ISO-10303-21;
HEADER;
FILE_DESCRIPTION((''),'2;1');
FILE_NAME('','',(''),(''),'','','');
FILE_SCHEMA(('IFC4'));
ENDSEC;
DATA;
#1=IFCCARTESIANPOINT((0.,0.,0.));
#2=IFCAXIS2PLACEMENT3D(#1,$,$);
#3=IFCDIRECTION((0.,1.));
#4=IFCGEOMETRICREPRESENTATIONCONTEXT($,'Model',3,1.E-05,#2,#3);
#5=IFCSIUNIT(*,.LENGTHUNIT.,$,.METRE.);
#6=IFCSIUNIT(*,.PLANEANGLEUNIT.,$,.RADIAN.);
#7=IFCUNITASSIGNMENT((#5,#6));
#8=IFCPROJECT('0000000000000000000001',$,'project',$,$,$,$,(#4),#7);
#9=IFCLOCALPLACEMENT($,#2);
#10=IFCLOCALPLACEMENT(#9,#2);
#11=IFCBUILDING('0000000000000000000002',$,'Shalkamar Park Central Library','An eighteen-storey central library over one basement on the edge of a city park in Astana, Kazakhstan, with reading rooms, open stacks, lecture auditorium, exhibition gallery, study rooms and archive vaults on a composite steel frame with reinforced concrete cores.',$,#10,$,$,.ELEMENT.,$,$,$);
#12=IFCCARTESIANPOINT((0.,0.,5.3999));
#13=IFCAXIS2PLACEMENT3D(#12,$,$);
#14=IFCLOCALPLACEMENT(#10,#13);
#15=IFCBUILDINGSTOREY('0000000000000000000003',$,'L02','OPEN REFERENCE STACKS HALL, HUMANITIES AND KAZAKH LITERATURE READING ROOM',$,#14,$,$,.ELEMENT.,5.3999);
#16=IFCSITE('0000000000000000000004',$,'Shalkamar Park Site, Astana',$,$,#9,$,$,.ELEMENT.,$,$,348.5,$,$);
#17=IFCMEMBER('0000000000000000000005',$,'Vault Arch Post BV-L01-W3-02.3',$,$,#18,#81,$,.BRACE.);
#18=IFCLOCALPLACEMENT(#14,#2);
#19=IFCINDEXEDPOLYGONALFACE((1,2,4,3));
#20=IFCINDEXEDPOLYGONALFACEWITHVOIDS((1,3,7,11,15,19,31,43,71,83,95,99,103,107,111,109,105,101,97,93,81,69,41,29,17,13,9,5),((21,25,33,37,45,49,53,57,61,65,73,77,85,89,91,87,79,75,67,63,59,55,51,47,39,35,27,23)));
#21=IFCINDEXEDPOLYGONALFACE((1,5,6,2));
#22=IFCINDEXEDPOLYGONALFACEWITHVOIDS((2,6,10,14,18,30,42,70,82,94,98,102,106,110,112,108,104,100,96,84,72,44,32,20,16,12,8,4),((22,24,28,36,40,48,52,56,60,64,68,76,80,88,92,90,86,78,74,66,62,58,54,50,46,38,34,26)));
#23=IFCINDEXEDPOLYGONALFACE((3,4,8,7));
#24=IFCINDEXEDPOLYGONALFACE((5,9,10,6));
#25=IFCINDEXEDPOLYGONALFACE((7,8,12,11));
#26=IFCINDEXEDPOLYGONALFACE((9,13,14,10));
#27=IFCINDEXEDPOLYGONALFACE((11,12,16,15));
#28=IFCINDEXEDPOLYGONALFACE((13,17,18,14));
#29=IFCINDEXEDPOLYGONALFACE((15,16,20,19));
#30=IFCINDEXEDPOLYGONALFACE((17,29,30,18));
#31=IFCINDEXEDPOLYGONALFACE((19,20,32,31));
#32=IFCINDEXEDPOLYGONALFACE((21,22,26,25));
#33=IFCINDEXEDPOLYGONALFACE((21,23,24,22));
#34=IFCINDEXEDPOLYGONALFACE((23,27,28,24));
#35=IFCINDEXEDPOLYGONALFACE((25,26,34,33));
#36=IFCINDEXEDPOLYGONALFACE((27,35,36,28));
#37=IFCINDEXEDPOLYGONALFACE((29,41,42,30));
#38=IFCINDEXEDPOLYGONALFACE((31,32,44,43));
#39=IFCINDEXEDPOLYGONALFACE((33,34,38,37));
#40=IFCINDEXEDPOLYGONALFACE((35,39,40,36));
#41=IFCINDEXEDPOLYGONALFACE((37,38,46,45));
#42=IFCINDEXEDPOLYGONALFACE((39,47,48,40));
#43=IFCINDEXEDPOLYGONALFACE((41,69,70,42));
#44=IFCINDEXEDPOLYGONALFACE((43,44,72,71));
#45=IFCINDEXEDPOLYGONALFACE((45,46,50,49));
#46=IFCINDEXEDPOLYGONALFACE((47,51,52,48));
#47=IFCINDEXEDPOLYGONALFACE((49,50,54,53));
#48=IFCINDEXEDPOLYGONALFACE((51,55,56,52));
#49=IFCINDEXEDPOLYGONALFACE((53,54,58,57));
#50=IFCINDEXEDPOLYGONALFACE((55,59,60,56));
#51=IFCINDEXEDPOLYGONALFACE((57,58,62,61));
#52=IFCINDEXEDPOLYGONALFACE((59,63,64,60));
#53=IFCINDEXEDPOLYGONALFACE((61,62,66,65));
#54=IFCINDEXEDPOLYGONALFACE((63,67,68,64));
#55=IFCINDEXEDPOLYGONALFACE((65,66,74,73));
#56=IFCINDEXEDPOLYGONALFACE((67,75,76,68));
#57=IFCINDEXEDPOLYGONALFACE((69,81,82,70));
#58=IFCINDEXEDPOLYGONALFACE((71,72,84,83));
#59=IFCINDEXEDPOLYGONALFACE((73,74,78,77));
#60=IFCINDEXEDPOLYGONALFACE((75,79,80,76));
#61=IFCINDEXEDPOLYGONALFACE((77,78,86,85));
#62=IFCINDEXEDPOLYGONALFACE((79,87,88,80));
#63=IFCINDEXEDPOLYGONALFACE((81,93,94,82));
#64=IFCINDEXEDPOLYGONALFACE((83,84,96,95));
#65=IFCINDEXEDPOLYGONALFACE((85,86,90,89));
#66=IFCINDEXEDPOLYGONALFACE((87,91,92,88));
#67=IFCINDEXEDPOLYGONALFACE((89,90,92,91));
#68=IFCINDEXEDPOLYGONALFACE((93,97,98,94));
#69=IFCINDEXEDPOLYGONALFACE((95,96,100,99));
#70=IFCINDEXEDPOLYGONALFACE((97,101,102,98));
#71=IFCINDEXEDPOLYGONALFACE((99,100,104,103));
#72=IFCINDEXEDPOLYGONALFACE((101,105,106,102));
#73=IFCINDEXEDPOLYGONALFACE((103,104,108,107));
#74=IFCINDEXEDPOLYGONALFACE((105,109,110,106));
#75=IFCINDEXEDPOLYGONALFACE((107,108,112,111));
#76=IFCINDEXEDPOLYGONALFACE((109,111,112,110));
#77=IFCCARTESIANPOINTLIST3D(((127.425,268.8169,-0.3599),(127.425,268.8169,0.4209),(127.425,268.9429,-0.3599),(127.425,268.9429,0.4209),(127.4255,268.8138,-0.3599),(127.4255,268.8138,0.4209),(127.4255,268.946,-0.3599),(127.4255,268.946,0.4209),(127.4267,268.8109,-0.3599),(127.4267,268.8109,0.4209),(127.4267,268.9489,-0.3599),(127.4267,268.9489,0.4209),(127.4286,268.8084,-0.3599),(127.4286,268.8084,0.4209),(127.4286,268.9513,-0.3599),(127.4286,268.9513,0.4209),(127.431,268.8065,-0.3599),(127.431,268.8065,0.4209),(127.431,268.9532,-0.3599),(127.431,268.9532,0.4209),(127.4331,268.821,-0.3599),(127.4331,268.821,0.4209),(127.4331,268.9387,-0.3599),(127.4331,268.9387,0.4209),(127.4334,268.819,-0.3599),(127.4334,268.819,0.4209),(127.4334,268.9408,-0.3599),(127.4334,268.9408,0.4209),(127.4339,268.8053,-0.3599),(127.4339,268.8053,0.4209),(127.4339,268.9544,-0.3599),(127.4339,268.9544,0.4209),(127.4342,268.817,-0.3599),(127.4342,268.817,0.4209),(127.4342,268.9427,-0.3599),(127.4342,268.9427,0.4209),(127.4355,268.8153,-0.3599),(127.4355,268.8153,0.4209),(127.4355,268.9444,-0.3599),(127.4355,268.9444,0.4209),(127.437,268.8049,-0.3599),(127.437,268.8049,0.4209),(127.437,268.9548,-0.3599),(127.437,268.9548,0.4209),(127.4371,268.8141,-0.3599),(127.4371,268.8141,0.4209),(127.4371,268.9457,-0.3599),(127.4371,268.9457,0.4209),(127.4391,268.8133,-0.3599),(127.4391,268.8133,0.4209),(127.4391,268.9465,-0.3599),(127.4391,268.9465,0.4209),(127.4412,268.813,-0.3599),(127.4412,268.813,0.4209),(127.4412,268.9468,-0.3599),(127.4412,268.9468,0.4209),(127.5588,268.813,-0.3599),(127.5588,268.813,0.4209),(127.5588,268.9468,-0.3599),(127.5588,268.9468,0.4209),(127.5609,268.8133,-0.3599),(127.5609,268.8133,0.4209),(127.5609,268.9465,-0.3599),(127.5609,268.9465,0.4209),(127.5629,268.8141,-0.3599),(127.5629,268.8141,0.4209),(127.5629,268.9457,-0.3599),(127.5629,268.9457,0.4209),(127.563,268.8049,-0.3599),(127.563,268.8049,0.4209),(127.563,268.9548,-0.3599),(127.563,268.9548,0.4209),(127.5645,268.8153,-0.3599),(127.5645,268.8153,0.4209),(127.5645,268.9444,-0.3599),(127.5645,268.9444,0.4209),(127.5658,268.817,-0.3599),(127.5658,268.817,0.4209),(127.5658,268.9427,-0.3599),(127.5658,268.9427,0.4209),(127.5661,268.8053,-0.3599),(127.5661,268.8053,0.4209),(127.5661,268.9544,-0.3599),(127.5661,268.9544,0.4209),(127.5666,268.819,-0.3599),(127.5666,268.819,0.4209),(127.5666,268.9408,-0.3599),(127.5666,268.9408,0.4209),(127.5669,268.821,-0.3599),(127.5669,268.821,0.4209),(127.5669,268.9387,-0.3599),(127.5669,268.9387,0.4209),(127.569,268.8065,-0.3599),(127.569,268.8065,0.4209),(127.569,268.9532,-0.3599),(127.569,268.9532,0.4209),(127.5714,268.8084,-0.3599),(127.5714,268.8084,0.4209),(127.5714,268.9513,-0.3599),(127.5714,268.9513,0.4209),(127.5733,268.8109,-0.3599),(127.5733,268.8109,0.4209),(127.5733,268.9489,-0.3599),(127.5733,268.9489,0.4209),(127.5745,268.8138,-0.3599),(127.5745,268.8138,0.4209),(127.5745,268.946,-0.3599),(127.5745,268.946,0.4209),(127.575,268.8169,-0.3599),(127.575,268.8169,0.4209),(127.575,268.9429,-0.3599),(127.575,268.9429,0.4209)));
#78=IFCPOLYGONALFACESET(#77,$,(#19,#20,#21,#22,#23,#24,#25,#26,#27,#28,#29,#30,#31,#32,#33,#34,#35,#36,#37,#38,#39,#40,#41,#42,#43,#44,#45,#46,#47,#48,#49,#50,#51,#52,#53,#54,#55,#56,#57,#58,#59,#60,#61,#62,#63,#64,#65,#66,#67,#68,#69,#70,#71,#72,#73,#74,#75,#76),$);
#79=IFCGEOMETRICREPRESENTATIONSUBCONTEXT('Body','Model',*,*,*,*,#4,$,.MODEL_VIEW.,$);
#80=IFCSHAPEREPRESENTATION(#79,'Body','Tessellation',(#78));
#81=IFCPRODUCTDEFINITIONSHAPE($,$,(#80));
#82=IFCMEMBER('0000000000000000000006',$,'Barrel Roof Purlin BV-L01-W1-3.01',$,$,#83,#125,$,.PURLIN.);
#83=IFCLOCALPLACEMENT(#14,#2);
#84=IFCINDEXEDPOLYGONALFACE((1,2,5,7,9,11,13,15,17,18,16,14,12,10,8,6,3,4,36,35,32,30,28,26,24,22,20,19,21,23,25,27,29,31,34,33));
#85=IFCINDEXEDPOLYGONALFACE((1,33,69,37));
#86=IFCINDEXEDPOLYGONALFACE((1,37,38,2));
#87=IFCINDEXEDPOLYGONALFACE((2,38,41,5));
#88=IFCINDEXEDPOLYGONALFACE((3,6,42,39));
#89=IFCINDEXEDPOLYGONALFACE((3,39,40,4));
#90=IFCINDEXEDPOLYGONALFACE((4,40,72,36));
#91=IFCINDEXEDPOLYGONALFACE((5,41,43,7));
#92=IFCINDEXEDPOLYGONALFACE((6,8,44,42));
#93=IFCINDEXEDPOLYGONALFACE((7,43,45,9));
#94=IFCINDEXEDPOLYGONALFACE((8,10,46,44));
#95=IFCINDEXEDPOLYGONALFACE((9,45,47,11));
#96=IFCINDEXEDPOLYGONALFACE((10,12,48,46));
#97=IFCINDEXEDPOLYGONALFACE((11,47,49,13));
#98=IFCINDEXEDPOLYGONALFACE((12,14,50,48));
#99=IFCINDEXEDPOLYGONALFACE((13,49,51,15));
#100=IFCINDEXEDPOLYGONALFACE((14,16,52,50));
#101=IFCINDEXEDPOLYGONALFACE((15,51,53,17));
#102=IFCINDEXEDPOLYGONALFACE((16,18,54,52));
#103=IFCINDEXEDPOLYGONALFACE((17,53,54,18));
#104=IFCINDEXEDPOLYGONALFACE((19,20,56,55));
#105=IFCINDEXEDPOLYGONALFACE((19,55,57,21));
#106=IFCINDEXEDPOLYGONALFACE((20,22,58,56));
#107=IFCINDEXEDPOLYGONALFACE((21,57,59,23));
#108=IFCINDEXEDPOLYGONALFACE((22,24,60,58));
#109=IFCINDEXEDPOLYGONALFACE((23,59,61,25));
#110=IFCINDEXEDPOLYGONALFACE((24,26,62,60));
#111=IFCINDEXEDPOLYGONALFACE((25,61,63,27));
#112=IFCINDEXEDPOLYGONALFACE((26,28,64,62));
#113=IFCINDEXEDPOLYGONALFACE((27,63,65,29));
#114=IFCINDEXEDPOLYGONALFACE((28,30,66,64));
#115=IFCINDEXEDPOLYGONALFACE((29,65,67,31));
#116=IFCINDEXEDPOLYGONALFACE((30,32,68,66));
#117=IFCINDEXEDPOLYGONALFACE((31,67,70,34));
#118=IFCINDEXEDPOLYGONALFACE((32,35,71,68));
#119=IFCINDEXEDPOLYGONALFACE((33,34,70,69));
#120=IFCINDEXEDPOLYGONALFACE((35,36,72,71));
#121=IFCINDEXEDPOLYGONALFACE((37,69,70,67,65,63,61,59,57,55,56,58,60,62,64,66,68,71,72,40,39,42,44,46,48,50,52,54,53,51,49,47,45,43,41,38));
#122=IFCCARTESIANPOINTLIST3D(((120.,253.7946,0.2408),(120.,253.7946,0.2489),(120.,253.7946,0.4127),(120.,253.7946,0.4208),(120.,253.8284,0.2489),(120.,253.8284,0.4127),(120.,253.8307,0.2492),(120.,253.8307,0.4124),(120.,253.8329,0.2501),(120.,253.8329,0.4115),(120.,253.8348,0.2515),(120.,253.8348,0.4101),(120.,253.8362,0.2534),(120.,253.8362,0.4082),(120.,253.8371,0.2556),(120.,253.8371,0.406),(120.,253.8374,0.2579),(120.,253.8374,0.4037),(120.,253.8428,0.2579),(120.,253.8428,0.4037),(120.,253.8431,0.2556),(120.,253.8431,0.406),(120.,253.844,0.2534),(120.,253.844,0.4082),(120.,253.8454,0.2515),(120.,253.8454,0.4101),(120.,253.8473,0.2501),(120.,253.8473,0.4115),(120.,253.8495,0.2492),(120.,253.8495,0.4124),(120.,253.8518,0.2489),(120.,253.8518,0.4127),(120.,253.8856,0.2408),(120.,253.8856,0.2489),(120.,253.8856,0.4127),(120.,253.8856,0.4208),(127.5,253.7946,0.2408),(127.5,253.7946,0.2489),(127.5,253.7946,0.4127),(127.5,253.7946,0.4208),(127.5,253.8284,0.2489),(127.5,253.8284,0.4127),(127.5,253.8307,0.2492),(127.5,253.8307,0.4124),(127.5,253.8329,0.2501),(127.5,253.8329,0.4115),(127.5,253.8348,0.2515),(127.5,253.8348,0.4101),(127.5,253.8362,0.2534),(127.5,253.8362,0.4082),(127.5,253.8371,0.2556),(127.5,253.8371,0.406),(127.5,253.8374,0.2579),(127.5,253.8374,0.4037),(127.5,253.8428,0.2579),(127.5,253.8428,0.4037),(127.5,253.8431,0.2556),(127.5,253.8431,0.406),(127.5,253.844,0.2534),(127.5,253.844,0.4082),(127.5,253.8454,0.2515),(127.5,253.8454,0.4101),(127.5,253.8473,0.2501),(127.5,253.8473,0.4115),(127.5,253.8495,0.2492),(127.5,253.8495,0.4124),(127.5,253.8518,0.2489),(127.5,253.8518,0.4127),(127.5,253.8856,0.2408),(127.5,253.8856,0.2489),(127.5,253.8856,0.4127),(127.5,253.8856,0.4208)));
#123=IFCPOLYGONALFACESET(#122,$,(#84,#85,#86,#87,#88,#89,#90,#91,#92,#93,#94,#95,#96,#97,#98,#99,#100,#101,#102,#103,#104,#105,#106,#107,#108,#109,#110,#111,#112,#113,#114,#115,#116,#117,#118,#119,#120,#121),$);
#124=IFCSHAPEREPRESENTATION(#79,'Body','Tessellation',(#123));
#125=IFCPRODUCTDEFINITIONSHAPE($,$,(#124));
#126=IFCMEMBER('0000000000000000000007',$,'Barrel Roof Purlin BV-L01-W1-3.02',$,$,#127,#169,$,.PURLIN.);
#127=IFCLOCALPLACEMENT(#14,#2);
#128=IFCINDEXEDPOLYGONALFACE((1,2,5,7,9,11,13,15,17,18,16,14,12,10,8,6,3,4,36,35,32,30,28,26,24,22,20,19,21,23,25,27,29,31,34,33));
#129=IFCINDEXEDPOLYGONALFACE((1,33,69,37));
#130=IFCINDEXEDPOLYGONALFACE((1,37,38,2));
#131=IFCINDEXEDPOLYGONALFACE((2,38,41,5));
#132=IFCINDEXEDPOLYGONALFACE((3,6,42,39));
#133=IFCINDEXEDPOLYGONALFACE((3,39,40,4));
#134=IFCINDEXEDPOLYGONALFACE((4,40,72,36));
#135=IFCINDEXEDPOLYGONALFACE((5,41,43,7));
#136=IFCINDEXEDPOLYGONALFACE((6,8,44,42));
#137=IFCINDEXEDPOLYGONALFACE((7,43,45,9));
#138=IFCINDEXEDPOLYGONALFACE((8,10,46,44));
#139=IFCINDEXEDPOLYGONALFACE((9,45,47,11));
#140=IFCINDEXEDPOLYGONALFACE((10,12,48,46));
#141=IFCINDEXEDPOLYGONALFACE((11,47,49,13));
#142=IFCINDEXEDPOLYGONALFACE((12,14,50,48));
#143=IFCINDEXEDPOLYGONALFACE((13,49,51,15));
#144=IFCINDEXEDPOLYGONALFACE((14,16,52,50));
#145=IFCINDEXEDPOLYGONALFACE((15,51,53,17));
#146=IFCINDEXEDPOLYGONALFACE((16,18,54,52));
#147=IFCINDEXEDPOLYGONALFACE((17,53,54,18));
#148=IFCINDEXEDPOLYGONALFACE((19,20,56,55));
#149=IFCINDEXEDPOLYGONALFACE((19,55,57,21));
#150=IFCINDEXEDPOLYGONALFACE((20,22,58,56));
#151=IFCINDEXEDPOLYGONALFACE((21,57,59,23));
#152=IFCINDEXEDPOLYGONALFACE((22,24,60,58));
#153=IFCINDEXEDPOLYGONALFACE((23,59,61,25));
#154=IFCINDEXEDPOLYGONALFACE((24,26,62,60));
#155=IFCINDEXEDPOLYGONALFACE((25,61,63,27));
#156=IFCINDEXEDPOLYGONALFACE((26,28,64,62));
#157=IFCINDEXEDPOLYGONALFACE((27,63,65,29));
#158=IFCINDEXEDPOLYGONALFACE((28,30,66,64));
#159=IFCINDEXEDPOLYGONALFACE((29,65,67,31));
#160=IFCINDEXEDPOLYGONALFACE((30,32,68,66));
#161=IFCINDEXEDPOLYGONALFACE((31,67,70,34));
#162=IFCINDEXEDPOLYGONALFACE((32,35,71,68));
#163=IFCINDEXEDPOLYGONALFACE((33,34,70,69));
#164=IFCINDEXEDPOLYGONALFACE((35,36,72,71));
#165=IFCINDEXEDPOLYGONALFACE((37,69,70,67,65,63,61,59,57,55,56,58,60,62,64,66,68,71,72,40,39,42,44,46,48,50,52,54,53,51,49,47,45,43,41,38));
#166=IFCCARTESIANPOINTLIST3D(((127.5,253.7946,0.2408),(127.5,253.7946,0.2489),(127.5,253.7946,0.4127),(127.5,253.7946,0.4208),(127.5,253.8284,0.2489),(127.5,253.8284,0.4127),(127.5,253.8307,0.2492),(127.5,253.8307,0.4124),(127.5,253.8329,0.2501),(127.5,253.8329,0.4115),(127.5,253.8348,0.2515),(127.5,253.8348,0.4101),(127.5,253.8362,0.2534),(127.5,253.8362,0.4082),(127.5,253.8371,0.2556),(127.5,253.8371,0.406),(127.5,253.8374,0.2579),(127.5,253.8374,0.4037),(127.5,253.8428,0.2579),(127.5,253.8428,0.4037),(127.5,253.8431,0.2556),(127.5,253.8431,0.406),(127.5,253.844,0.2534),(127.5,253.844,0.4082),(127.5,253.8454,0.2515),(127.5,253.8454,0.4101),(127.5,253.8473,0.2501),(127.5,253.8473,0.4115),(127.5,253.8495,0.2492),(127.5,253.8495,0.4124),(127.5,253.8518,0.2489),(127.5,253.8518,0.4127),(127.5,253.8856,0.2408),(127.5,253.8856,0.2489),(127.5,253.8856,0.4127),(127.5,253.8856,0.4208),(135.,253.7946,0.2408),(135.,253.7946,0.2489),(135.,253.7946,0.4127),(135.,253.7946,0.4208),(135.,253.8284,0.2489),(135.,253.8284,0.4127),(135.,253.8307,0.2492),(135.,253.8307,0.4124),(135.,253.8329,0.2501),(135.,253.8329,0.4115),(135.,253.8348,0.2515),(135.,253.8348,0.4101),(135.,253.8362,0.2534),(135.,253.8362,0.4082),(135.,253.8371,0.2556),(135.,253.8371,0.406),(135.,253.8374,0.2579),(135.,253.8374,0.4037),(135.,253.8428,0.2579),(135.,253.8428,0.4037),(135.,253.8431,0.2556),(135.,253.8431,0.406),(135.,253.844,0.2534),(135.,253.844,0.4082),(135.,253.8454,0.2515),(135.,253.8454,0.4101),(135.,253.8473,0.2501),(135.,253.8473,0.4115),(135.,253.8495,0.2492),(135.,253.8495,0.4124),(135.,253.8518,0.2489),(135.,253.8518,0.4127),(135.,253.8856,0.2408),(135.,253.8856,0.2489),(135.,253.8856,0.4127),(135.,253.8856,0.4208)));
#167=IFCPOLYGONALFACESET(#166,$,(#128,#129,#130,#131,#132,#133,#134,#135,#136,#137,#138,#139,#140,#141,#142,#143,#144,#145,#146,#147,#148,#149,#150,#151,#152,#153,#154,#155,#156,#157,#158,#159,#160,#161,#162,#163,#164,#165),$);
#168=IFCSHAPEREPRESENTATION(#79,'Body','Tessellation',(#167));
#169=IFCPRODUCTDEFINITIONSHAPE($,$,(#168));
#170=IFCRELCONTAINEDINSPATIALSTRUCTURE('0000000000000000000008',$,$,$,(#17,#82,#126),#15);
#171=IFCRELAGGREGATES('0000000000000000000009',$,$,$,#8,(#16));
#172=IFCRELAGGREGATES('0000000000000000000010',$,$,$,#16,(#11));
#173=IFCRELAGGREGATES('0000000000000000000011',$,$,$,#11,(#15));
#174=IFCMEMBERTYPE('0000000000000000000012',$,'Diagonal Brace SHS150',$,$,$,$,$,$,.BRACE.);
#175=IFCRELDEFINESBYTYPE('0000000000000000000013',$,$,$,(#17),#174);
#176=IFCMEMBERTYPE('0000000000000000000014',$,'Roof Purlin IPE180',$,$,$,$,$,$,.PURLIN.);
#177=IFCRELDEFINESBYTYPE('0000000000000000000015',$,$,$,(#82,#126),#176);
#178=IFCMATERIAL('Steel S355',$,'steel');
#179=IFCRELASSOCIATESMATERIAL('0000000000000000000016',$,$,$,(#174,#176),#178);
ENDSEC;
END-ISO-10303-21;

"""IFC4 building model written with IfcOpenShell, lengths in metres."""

from ifc_helpers import new_model, si_unit, direction, frame, origin, origin_2d, place, context, subcontext, project, spatial, hollow_rectangle, i_section, extrude, material, material_profile, profile_set, type_object, element, save


model = new_model("IFC4")

# Units and contexts
model_context = context("Model", 3, precision=1e-05, world=origin(), true_north=direction((0.0, 1.0)))
body_context = subcontext(model_context, "Body", "Model", "MODEL_VIEW")
ifc_project = project(units=[si_unit("LENGTHUNIT", "METRE"), si_unit("PLANEANGLEUNIT", "RADIAN")], contexts=[model_context])

# Site, building, storey
site_placement = place(None, origin())
site = spatial("IfcSite", under=ifc_project, at=site_placement, Name="Shalkamar Park Site, Astana", CompositionType="ELEMENT", RefElevation=348.5)
building_placement = place(site_placement, origin())
building = spatial("IfcBuilding", under=site, at=building_placement, Name="Shalkamar Park Central Library", Description="An eighteen-storey central library over one basement on the edge of a city park in Astana, Kazakhstan, with reading rooms, open stacks, lecture auditorium, exhibition gallery, study rooms and archive vaults on a composite steel frame with reinforced concrete cores.", CompositionType="ELEMENT")
storey_placement = place(building_placement, frame((0.0, 0.0, 5.3999)))
storey = spatial("IfcBuildingStorey", under=building, at=storey_placement, Name="L02", Description="OPEN REFERENCE STACKS HALL, HUMANITIES AND KAZAKH LITERATURE READING ROOM", CompositionType="ELEMENT", Elevation=5.3999)

# Members
ifc_material_1 = material(Name="Steel S355", Category="steel")
ifc_material_profile_1 = material_profile(ifc_material_1, hollow_rectangle(XDim=0.1499, YDim=0.1499, WallThickness=0.0081, InnerFilletRadius=0.0081, OuterFilletRadius=0.012, at=origin_2d()), Name="SHS 150x150x8")
ifc_profile_set_1 = profile_set([ifc_material_profile_1], Name="Steel S355")
member_type_1 = type_object("IfcMemberType", Name="Diagonal Brace SHS150", PredefinedType="BRACE", material=ifc_profile_set_1)
member_1_placement = place(storey_placement, frame((127.5, 268.8799, -0.3599), z_axis=(0.0, 0.0, 1.0), x_axis=(1.0, 0.0, 0.0)))
element("IfcMember", 1, at=member_1_placement, inside=storey, type_object=member_type_1, Name="Vault Arch Post BV-L01-W3-02.3", PredefinedType="BRACE", context=body_context, shape_type="SweptSolid", body=[
    extrude(hollow_rectangle(XDim=0.1499, YDim=0.1499, WallThickness=0.0081, InnerFilletRadius=0.0081, OuterFilletRadius=0.012, at=origin_2d()), origin(), (0.0, 0.0, 1.0), 0.7808),
])
ifc_material_profile_2 = material_profile(ifc_material_1, i_section(OverallWidth=0.0911, OverallDepth=0.1799, WebThickness=0.0054, FlangeThickness=0.0081, FilletRadius=0.009, at=origin_2d()), Name="IPE 180")
ifc_profile_set_2 = profile_set([ifc_material_profile_2], Name="Steel S355")
member_type_2 = type_object("IfcMemberType", Name="Roof Purlin IPE180", PredefinedType="PURLIN", material=ifc_profile_set_2)
for number, where, z_axis, x_axis, name in (
    (2, (120.0, 253.8401, 0.3308), (1.0, 0.0, 0.0), (0.0, 1.0, 0.0), "Barrel Roof Purlin BV-L01-W1-3.01"),
    (3, (127.5, 253.8401, 0.3308), (1.0, 0.0, 0.0), (0.0, 1.0, 0.0), "Barrel Roof Purlin BV-L01-W1-3.02"),
):
    element("IfcMember", number, at=place(storey_placement, frame(where, z_axis=z_axis, x_axis=x_axis)), inside=storey, type_object=member_type_2, Name=name, PredefinedType="PURLIN", context=body_context, shape_type="SweptSolid", body=[
        extrude(i_section(OverallWidth=0.0911, OverallDepth=0.1799, WebThickness=0.0054, FlangeThickness=0.0081, FilletRadius=0.009, at=origin_2d()), origin(), (0.0, 0.0, 1.0), 7.5),
    ])

save(model, "model.ifc")
